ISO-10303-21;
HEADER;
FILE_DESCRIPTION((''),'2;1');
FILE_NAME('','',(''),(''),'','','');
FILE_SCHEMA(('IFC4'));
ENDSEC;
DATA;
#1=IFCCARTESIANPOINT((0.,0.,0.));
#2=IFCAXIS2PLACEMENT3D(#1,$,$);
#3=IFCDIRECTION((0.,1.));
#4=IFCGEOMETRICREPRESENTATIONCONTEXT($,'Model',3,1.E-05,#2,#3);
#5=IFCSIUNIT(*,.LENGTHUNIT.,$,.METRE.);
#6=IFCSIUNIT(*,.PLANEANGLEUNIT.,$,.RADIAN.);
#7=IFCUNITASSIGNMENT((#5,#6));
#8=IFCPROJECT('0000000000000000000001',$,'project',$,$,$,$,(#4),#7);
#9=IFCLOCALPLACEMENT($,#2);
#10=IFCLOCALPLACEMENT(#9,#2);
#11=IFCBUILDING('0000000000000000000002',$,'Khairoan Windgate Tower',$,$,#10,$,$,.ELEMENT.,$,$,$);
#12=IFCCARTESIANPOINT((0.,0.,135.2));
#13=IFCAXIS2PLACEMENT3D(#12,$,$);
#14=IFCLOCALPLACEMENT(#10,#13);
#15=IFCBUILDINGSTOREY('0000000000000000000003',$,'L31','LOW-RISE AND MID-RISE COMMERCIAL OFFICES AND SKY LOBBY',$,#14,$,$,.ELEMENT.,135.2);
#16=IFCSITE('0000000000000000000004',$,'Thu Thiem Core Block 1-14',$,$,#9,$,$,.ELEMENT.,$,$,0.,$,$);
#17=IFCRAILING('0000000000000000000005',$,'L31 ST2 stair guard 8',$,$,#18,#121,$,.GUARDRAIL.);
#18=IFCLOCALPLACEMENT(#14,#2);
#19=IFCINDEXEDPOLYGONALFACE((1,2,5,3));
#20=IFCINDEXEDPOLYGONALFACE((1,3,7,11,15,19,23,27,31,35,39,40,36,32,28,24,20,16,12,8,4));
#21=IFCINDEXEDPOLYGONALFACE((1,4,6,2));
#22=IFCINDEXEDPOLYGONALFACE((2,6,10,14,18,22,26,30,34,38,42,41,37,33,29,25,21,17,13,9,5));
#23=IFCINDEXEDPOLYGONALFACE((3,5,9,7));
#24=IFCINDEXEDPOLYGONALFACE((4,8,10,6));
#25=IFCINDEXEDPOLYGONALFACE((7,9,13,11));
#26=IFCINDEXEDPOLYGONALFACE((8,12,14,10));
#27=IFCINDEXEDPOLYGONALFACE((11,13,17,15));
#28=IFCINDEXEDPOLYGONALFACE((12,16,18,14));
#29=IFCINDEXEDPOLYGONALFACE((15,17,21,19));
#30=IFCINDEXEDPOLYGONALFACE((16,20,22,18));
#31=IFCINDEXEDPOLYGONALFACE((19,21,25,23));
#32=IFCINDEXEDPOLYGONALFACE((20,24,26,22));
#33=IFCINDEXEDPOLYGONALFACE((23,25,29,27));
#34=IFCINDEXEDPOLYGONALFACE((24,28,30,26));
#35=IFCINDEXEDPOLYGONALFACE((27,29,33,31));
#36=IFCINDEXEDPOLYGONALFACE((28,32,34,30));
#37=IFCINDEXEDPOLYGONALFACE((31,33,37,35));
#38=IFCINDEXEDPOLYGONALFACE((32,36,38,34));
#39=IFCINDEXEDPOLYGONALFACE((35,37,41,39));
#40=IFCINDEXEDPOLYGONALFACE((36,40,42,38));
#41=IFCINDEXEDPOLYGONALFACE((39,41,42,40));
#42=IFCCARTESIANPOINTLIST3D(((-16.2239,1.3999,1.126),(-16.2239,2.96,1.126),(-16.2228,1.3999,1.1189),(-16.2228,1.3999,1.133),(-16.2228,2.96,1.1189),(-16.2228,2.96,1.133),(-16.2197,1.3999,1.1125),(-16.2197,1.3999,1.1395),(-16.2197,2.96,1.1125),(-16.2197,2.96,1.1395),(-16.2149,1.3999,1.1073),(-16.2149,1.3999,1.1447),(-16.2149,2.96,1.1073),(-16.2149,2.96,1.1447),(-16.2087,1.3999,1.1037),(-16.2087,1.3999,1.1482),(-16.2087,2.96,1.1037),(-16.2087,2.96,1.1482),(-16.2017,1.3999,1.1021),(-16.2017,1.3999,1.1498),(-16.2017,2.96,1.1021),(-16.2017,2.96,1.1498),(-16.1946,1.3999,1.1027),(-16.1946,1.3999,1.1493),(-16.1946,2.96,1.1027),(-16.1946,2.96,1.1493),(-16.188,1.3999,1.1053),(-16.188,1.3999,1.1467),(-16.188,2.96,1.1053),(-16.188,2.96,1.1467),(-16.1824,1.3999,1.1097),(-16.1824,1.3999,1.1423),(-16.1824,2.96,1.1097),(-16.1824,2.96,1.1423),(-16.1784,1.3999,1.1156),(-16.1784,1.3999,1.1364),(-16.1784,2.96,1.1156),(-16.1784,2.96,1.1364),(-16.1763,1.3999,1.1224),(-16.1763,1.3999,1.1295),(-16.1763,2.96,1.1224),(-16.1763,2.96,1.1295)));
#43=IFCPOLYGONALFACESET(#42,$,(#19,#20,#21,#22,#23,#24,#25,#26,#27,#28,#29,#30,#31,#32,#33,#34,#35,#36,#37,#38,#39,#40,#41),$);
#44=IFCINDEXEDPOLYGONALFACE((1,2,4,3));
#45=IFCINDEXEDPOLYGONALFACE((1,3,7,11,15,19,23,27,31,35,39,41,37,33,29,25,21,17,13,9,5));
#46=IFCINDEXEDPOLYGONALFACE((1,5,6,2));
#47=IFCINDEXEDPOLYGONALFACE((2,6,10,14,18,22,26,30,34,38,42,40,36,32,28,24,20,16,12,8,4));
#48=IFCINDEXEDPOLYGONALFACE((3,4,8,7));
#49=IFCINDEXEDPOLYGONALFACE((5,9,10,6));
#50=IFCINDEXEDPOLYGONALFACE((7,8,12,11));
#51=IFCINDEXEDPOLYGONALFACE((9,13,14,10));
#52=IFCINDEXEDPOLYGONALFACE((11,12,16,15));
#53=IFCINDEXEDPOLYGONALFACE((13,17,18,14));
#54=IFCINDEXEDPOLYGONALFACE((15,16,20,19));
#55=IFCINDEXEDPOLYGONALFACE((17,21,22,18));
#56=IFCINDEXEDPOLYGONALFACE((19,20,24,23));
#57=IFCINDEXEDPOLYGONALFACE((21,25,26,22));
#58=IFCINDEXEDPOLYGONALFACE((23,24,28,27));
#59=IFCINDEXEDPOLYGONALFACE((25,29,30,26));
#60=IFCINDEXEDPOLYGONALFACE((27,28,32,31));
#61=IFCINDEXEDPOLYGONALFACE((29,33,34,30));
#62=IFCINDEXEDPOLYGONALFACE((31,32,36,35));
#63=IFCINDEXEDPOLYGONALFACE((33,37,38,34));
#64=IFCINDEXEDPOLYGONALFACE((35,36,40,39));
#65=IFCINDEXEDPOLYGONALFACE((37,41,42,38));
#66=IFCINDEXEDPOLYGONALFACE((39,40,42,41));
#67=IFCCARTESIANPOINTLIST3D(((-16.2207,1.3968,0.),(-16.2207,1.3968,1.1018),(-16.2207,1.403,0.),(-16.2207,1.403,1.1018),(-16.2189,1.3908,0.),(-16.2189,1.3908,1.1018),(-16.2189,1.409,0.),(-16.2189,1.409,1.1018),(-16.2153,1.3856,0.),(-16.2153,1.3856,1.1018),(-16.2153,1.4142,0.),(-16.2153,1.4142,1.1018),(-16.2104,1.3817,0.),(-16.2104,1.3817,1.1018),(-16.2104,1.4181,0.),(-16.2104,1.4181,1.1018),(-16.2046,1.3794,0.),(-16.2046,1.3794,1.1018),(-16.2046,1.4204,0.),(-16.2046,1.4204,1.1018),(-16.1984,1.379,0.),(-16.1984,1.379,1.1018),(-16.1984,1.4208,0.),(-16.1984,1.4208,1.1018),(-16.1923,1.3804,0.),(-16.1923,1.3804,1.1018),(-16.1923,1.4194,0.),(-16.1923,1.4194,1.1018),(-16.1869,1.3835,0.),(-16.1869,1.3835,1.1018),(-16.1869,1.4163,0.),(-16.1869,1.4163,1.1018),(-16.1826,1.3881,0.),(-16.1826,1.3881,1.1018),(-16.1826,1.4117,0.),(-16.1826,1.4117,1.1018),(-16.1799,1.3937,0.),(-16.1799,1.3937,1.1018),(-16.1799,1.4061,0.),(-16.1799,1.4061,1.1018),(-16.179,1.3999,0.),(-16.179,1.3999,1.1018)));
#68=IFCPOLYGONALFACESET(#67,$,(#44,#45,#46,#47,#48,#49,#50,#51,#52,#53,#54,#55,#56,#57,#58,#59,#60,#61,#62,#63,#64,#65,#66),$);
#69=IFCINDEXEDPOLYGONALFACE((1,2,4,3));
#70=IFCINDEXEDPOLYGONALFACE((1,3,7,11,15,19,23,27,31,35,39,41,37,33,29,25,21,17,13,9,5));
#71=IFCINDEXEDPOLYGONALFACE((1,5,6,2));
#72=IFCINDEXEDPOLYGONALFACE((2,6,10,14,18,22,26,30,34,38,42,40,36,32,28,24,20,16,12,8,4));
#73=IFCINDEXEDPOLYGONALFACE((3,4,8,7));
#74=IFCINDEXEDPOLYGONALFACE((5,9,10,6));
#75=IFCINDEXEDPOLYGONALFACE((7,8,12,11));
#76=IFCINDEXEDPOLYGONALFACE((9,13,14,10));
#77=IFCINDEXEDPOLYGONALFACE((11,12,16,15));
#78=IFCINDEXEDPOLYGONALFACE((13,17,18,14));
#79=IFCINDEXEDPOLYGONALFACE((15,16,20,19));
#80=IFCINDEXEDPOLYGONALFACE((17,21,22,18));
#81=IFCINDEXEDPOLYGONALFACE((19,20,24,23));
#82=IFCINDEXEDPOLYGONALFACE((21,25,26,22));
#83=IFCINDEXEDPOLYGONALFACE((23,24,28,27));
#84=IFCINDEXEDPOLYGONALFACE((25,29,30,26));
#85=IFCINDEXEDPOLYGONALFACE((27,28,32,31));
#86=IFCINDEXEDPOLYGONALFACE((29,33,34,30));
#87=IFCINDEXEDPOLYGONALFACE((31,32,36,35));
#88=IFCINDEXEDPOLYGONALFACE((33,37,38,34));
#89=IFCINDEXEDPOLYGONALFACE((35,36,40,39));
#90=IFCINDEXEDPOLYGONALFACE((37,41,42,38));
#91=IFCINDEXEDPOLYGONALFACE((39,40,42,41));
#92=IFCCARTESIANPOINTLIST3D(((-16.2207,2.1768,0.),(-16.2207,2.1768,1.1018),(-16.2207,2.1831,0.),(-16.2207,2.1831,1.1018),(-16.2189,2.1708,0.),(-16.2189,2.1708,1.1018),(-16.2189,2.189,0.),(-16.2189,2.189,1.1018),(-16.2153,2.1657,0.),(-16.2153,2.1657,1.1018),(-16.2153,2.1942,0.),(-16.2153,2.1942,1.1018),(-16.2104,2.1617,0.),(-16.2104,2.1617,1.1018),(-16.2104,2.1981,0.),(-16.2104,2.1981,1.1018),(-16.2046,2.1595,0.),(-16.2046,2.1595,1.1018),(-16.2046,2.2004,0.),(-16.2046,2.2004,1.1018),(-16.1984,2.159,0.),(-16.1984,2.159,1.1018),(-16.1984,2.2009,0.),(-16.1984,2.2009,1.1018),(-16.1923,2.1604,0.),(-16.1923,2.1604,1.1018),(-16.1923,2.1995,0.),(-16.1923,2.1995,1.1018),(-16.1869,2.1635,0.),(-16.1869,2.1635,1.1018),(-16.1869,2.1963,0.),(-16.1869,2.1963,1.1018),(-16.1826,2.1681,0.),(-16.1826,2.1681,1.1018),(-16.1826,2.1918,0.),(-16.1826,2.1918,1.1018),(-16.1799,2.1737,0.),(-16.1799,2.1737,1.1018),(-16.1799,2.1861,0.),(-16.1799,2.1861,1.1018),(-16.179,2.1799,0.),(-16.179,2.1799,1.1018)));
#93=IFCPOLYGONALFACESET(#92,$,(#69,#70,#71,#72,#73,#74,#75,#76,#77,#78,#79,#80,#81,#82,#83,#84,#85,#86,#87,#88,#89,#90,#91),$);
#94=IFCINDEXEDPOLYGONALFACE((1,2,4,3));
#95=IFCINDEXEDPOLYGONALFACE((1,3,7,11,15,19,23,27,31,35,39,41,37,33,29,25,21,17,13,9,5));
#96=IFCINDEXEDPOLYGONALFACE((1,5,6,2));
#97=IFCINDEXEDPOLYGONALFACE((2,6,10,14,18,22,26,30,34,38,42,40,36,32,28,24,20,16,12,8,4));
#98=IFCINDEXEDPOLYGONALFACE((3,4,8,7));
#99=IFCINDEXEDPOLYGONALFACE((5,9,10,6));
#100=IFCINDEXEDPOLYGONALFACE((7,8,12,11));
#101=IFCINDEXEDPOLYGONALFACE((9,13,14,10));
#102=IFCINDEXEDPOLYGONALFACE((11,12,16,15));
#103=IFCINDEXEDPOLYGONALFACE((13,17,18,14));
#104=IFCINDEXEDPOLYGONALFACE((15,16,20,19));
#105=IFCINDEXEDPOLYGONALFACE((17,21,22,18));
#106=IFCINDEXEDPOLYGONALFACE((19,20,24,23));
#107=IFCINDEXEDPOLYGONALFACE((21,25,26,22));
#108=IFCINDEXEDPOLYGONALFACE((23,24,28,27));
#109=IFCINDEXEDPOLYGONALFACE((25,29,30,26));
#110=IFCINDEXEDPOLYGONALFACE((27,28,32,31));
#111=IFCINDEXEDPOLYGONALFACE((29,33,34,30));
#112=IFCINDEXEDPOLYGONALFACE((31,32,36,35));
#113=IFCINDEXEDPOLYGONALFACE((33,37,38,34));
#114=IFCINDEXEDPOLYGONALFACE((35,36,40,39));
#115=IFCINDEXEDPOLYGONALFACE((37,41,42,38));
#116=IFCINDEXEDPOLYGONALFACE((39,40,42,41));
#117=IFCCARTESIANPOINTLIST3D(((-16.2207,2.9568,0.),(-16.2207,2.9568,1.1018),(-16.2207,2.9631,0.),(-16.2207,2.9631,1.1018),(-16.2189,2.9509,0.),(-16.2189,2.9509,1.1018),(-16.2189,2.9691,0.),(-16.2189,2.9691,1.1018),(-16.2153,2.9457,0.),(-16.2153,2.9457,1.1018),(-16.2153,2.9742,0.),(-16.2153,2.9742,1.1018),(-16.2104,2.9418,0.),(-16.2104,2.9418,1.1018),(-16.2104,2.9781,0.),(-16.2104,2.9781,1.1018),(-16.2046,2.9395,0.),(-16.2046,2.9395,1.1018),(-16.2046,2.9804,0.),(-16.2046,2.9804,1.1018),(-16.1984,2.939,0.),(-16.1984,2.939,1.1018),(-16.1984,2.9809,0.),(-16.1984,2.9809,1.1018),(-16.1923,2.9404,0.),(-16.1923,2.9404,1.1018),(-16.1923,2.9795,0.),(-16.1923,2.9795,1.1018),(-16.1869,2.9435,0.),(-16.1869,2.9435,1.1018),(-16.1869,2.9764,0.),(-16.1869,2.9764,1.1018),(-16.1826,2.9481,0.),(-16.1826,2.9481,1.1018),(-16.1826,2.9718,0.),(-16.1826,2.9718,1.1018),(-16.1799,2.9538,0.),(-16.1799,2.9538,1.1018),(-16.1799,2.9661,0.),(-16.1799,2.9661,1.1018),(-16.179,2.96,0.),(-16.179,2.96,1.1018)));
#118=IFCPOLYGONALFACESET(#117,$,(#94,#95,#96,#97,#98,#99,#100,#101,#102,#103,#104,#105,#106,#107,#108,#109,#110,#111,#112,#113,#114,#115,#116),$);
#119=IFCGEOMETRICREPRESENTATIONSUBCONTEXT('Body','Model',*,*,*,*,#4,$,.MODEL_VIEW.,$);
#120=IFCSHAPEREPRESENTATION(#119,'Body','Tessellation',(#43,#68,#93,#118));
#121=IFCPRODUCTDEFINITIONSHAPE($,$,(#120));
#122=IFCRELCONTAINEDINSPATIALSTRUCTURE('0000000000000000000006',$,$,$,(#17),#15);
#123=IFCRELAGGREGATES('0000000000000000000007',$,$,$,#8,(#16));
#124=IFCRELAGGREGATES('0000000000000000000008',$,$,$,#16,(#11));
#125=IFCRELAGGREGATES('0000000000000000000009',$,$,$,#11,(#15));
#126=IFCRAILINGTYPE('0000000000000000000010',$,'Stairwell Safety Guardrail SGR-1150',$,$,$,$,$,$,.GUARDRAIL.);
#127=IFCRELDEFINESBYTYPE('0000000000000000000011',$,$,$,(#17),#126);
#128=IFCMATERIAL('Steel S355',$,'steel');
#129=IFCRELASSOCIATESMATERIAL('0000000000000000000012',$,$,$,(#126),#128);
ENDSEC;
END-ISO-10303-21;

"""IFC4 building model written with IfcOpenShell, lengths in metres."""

from ifc_helpers import new_model, si_unit, direction, frame, origin, origin_2d, place, context, subcontext, project, spatial, circle, extrude, material, type_object, element, save


model = new_model("IFC4")

# Units and contexts
model_context = context("Model", 3, precision=1e-05, world=origin(), true_north=direction((0.0, 1.0)))
body_context = subcontext(model_context, "Body", "Model", "MODEL_VIEW")
ifc_project = project(units=[si_unit("LENGTHUNIT", "METRE"), si_unit("PLANEANGLEUNIT", "RADIAN")], contexts=[model_context])

# Site, building, storey
site_placement = place(None, origin())
site = spatial("IfcSite", under=ifc_project, at=site_placement, Name="Thu Thiem Core Block 1-14", CompositionType="ELEMENT", RefElevation=0.0)
building_placement = place(site_placement, origin())
building = spatial("IfcBuilding", under=site, at=building_placement, Name="Khairoan Windgate Tower", CompositionType="ELEMENT")
storey_placement = place(building_placement, frame((0.0, 0.0, 135.2)))
storey = spatial("IfcBuildingStorey", under=building, at=storey_placement, Name="L31", Description="LOW-RISE AND MID-RISE COMMERCIAL OFFICES AND SKY LOBBY", CompositionType="ELEMENT", Elevation=135.2)

# Railing
ifc_material_1 = material(Name="Steel S355", Category="steel")
railing_type_1 = type_object("IfcRailingType", Name="Stairwell Safety Guardrail SGR-1150", PredefinedType="GUARDRAIL", material=ifc_material_1)
railing_1_placement = place(storey_placement, frame((-16.2, 1.3999, 0.0)))
element("IfcRailing", 1, at=railing_1_placement, inside=storey, type_object=railing_type_1, Name="L31 ST2 stair guard 8", PredefinedType="GUARDRAIL", context=body_context, shape_type="SweptSolid", body=[
    extrude(circle(Radius=0.0239, at=origin_2d()), frame((0.0, 0.0, 1.126), z_axis=(0.0, 1.0, 0.0), x_axis=(-1.0, 0.0, 0.0)), (0.0, 0.0, 1.0), 1.5601),
    extrude(circle(Radius=0.021, at=origin_2d()), origin(), (0.0, 0.0, 1.0), 1.1018),
    extrude(circle(Radius=0.021, at=origin_2d()), frame((0.0, 0.78, 0.0)), (0.0, 0.0, 1.0), 1.1018),
    extrude(circle(Radius=0.021, at=origin_2d()), frame((0.0, 1.5601, 0.0)), (0.0, 0.0, 1.0), 1.1018),
])

save(model, "model.ifc")
